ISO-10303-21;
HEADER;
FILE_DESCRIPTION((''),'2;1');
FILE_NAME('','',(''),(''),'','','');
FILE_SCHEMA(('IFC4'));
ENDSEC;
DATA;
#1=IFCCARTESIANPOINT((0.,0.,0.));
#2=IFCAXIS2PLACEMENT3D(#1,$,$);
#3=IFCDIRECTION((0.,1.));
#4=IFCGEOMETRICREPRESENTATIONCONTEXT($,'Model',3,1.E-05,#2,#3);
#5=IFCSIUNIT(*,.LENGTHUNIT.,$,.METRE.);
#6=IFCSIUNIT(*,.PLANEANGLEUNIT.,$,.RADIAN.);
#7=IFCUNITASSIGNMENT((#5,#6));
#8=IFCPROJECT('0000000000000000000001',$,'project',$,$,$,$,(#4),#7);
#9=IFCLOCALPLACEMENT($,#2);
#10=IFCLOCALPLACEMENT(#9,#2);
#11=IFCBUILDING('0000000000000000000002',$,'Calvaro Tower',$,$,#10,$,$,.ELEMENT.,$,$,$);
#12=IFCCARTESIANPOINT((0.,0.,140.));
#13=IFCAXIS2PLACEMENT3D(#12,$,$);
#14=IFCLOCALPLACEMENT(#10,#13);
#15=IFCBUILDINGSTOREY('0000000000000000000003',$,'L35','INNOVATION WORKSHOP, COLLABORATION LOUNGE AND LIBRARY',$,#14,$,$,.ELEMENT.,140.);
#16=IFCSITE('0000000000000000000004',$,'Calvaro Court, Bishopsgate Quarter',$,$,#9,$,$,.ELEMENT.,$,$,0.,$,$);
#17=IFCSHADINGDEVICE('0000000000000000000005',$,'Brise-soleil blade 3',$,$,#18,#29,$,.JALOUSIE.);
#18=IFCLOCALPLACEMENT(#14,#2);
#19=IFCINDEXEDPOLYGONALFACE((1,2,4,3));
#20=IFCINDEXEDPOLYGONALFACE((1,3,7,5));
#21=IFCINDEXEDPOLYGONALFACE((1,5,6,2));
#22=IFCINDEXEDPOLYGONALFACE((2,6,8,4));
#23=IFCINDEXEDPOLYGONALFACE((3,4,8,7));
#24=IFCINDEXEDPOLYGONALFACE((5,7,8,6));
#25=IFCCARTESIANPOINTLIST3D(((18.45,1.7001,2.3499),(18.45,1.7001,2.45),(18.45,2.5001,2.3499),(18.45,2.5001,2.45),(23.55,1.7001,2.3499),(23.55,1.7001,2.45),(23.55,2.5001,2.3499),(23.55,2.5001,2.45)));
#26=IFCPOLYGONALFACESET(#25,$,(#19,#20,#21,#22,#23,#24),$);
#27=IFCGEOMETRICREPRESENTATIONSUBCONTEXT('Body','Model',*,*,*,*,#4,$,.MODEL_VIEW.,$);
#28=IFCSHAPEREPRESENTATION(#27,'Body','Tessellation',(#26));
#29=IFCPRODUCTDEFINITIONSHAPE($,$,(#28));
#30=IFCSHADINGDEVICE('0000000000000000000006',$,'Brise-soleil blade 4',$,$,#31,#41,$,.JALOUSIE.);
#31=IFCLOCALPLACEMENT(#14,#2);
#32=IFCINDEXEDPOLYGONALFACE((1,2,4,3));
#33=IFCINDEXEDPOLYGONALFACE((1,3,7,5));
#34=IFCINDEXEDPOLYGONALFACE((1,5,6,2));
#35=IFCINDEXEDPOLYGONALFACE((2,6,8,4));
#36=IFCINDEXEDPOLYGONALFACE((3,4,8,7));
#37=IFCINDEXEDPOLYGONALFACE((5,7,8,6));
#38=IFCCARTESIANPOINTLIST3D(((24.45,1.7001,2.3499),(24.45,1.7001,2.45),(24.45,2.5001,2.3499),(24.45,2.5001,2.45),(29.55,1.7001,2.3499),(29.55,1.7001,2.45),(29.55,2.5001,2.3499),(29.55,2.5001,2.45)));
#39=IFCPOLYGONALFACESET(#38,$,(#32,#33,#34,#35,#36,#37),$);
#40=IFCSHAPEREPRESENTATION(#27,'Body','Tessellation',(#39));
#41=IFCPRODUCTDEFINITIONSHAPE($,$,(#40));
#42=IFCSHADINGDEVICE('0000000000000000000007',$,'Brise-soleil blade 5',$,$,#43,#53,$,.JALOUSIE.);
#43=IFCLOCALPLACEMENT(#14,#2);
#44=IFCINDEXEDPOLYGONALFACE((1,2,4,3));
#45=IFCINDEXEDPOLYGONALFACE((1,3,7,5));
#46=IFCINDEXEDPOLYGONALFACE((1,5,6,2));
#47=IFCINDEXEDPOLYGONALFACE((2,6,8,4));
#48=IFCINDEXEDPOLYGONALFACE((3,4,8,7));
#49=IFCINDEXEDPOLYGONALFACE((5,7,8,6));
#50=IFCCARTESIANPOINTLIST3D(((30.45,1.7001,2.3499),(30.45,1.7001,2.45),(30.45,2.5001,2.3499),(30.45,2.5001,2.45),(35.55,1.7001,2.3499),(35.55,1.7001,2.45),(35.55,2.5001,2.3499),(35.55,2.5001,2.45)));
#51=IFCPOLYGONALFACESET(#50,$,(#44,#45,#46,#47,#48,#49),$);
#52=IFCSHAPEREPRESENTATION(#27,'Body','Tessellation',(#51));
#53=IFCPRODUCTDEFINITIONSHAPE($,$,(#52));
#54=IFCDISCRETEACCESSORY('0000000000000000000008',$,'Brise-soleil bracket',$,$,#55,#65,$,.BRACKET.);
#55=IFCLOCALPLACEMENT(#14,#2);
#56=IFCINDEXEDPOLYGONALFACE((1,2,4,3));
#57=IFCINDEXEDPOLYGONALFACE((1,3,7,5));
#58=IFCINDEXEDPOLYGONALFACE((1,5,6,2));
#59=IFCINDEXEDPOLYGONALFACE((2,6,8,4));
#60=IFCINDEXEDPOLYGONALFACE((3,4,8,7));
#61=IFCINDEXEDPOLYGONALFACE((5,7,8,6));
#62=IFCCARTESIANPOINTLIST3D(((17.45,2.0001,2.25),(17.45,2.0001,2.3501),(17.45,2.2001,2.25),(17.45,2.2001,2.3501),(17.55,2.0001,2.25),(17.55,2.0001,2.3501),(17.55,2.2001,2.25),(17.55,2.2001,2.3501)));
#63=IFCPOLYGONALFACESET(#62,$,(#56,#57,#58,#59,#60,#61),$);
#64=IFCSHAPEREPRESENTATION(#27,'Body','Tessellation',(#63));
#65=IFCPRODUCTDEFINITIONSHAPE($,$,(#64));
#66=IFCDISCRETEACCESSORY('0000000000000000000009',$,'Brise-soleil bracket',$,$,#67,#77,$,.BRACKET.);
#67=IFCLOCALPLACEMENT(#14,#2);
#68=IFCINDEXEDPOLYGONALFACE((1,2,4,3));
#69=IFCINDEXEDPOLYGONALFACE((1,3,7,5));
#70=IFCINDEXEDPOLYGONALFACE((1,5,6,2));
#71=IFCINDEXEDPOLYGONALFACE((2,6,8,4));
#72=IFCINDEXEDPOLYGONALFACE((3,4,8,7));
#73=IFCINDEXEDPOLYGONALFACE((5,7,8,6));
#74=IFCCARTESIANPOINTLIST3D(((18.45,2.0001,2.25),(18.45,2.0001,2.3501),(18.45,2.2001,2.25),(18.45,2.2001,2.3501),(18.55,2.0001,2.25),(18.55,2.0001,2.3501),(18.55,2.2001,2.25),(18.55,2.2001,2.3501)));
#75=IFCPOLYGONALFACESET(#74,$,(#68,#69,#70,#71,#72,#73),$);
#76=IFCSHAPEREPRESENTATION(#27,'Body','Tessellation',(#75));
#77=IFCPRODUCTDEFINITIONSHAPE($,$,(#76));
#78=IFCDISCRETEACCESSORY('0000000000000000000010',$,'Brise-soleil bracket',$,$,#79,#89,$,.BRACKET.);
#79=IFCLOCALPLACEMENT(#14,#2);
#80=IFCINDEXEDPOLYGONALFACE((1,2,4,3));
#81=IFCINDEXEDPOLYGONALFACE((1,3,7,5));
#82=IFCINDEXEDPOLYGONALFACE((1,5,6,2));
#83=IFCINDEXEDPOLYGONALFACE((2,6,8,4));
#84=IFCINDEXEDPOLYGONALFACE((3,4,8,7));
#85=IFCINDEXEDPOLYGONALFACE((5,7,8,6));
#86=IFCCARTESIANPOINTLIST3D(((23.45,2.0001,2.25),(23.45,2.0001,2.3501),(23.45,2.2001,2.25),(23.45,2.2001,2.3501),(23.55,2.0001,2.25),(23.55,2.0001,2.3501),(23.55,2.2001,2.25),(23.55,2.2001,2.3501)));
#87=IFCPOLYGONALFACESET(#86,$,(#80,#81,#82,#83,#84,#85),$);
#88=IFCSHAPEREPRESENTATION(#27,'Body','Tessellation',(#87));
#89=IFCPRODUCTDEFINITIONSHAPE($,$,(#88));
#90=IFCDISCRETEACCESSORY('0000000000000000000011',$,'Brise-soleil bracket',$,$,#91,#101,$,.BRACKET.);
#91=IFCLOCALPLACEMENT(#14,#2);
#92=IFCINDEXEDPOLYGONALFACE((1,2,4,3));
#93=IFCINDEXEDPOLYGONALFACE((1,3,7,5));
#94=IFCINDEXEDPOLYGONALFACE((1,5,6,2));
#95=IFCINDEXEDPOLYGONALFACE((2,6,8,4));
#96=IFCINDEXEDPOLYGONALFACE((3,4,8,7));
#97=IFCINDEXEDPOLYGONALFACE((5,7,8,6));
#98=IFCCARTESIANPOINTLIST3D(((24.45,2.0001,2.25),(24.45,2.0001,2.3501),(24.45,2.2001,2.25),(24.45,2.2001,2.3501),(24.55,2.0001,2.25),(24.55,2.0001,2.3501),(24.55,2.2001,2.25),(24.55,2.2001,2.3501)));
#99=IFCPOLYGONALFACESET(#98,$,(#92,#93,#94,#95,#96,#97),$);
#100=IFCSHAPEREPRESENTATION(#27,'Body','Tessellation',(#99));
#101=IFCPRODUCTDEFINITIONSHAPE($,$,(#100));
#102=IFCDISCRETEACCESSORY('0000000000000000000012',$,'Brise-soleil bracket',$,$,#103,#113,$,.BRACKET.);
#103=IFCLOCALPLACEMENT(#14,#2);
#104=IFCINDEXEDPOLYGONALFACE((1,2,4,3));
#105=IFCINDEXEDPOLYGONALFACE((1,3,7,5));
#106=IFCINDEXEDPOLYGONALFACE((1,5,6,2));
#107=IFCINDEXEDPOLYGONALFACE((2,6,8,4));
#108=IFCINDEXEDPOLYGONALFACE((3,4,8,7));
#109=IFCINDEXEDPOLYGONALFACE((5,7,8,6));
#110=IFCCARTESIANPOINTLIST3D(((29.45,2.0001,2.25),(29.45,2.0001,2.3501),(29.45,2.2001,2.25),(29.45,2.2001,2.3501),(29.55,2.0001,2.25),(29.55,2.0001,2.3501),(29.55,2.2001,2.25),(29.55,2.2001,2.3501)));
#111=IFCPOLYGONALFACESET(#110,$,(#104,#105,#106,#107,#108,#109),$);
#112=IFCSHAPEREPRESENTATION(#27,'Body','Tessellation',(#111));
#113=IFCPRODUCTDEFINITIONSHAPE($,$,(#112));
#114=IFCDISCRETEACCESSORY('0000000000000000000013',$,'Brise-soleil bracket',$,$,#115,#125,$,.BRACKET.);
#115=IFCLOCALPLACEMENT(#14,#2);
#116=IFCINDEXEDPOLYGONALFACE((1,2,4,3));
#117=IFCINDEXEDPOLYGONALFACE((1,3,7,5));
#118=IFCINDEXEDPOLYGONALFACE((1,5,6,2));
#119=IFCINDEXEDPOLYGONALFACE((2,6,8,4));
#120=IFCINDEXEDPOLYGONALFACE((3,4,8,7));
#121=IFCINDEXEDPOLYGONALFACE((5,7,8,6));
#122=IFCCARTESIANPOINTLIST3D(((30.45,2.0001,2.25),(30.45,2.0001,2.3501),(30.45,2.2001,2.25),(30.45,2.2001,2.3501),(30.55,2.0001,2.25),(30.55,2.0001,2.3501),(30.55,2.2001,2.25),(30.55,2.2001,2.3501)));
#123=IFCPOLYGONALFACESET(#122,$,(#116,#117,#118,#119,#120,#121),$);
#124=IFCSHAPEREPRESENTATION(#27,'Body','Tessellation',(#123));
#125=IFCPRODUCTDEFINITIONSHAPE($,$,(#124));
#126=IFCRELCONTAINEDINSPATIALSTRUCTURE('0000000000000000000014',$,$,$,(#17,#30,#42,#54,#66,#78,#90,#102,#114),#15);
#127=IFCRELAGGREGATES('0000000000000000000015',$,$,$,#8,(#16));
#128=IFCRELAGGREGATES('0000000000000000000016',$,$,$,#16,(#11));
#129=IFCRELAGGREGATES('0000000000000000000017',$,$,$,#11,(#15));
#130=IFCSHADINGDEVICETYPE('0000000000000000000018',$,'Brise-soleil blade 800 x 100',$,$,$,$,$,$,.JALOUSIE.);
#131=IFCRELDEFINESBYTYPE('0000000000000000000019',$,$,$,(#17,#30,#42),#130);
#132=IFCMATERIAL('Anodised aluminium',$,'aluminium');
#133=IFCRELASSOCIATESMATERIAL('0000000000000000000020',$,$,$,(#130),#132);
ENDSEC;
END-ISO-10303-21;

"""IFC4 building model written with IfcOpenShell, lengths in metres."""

from ifc_helpers import new_model, si_unit, direction, frame, origin, origin_2d, place, context, subcontext, project, spatial, rectangle, extrude, material, material_profile, profile_set, type_object, element, save


model = new_model("IFC4")

# Units and contexts
model_context = context("Model", 3, precision=1e-05, world=origin(), true_north=direction((0.0, 1.0)))
body_context = subcontext(model_context, "Body", "Model", "MODEL_VIEW")
ifc_project = project(units=[si_unit("LENGTHUNIT", "METRE"), si_unit("PLANEANGLEUNIT", "RADIAN")], contexts=[model_context])

# Site, building, storey
site_placement = place(None, origin())
site = spatial("IfcSite", under=ifc_project, at=site_placement, Name="Calvaro Court, Bishopsgate Quarter", CompositionType="ELEMENT", RefElevation=0.0)
building_placement = place(site_placement, origin())
building = spatial("IfcBuilding", under=site, at=building_placement, Name="Calvaro Tower", CompositionType="ELEMENT")
storey_placement = place(building_placement, frame((0.0, 0.0, 140.0)))
storey = spatial("IfcBuildingStorey", under=building, at=storey_placement, Name="L35", Description="INNOVATION WORKSHOP, COLLABORATION LOUNGE AND LIBRARY", CompositionType="ELEMENT", Elevation=140.0)

# Shading devices
ifc_material_1 = material(Name="Anodised aluminium", Category="aluminium")
ifc_material_profile_1 = material_profile(ifc_material_1, rectangle(XDim=0.8, YDim=0.1001, at=origin_2d()), Name="Brise-soleil blade 800 x 100")
ifc_profile_set_1 = profile_set([ifc_material_profile_1], Name="Anodised aluminium")
shading_device_type = type_object("IfcShadingDeviceType", Name="Brise-soleil blade 800 x 100", PredefinedType="JALOUSIE", material=ifc_profile_set_1)
for number, where, z_axis, x_axis, name in (
    (1, (18.45, 2.1001, 2.3999), (1.0, 0.0, 0.0), (0.0, 1.0, 0.0), "Brise-soleil blade 3"),
    (2, (24.45, 2.1001, 2.3999), (1.0, 0.0, 0.0), (0.0, 1.0, 0.0), "Brise-soleil blade 4"),
    (3, (30.45, 2.1001, 2.3999), (1.0, 0.0, 0.0), (0.0, 1.0, 0.0), "Brise-soleil blade 5"),
):
    element("IfcShadingDevice", number, at=place(storey_placement, frame(where, z_axis=z_axis, x_axis=x_axis)), inside=storey, type_object=shading_device_type, Name=name, PredefinedType="JALOUSIE", context=body_context, shape_type="SweptSolid", body=[
        extrude(rectangle(XDim=0.8, YDim=0.1001, at=origin_2d()), origin(), (0.0, 0.0, 1.0), 5.1001),
    ])

# Discrete accessories
for number, where, z_axis, x_axis, name in (
    (4, (17.5, 2.1001, 2.25), (0.0, 0.0, 1.0), (1.0, 0.0, 0.0), "Brise-soleil bracket"),
    (5, (18.5, 2.1001, 2.25), (0.0, 0.0, 1.0), (1.0, 0.0, 0.0), "Brise-soleil bracket"),
    (6, (23.5, 2.1001, 2.25), (0.0, 0.0, 1.0), (1.0, 0.0, 0.0), "Brise-soleil bracket"),
    (7, (24.5, 2.1001, 2.25), (0.0, 0.0, 1.0), (1.0, 0.0, 0.0), "Brise-soleil bracket"),
    (8, (29.5, 2.1001, 2.25), (0.0, 0.0, 1.0), (1.0, 0.0, 0.0), "Brise-soleil bracket"),
    (9, (30.5, 2.1001, 2.25), (0.0, 0.0, 1.0), (1.0, 0.0, 0.0), "Brise-soleil bracket"),
):
    element("IfcDiscreteAccessory", number, at=place(storey_placement, frame(where, z_axis=z_axis, x_axis=x_axis)), inside=storey, Name=name, PredefinedType="BRACKET", context=body_context, shape_type="SweptSolid", body=[
        extrude(rectangle(XDim=0.1001, YDim=0.2, at=origin_2d()), origin(), (0.0, 0.0, 1.0), 0.1001),
    ])

save(model, "model.ifc")
